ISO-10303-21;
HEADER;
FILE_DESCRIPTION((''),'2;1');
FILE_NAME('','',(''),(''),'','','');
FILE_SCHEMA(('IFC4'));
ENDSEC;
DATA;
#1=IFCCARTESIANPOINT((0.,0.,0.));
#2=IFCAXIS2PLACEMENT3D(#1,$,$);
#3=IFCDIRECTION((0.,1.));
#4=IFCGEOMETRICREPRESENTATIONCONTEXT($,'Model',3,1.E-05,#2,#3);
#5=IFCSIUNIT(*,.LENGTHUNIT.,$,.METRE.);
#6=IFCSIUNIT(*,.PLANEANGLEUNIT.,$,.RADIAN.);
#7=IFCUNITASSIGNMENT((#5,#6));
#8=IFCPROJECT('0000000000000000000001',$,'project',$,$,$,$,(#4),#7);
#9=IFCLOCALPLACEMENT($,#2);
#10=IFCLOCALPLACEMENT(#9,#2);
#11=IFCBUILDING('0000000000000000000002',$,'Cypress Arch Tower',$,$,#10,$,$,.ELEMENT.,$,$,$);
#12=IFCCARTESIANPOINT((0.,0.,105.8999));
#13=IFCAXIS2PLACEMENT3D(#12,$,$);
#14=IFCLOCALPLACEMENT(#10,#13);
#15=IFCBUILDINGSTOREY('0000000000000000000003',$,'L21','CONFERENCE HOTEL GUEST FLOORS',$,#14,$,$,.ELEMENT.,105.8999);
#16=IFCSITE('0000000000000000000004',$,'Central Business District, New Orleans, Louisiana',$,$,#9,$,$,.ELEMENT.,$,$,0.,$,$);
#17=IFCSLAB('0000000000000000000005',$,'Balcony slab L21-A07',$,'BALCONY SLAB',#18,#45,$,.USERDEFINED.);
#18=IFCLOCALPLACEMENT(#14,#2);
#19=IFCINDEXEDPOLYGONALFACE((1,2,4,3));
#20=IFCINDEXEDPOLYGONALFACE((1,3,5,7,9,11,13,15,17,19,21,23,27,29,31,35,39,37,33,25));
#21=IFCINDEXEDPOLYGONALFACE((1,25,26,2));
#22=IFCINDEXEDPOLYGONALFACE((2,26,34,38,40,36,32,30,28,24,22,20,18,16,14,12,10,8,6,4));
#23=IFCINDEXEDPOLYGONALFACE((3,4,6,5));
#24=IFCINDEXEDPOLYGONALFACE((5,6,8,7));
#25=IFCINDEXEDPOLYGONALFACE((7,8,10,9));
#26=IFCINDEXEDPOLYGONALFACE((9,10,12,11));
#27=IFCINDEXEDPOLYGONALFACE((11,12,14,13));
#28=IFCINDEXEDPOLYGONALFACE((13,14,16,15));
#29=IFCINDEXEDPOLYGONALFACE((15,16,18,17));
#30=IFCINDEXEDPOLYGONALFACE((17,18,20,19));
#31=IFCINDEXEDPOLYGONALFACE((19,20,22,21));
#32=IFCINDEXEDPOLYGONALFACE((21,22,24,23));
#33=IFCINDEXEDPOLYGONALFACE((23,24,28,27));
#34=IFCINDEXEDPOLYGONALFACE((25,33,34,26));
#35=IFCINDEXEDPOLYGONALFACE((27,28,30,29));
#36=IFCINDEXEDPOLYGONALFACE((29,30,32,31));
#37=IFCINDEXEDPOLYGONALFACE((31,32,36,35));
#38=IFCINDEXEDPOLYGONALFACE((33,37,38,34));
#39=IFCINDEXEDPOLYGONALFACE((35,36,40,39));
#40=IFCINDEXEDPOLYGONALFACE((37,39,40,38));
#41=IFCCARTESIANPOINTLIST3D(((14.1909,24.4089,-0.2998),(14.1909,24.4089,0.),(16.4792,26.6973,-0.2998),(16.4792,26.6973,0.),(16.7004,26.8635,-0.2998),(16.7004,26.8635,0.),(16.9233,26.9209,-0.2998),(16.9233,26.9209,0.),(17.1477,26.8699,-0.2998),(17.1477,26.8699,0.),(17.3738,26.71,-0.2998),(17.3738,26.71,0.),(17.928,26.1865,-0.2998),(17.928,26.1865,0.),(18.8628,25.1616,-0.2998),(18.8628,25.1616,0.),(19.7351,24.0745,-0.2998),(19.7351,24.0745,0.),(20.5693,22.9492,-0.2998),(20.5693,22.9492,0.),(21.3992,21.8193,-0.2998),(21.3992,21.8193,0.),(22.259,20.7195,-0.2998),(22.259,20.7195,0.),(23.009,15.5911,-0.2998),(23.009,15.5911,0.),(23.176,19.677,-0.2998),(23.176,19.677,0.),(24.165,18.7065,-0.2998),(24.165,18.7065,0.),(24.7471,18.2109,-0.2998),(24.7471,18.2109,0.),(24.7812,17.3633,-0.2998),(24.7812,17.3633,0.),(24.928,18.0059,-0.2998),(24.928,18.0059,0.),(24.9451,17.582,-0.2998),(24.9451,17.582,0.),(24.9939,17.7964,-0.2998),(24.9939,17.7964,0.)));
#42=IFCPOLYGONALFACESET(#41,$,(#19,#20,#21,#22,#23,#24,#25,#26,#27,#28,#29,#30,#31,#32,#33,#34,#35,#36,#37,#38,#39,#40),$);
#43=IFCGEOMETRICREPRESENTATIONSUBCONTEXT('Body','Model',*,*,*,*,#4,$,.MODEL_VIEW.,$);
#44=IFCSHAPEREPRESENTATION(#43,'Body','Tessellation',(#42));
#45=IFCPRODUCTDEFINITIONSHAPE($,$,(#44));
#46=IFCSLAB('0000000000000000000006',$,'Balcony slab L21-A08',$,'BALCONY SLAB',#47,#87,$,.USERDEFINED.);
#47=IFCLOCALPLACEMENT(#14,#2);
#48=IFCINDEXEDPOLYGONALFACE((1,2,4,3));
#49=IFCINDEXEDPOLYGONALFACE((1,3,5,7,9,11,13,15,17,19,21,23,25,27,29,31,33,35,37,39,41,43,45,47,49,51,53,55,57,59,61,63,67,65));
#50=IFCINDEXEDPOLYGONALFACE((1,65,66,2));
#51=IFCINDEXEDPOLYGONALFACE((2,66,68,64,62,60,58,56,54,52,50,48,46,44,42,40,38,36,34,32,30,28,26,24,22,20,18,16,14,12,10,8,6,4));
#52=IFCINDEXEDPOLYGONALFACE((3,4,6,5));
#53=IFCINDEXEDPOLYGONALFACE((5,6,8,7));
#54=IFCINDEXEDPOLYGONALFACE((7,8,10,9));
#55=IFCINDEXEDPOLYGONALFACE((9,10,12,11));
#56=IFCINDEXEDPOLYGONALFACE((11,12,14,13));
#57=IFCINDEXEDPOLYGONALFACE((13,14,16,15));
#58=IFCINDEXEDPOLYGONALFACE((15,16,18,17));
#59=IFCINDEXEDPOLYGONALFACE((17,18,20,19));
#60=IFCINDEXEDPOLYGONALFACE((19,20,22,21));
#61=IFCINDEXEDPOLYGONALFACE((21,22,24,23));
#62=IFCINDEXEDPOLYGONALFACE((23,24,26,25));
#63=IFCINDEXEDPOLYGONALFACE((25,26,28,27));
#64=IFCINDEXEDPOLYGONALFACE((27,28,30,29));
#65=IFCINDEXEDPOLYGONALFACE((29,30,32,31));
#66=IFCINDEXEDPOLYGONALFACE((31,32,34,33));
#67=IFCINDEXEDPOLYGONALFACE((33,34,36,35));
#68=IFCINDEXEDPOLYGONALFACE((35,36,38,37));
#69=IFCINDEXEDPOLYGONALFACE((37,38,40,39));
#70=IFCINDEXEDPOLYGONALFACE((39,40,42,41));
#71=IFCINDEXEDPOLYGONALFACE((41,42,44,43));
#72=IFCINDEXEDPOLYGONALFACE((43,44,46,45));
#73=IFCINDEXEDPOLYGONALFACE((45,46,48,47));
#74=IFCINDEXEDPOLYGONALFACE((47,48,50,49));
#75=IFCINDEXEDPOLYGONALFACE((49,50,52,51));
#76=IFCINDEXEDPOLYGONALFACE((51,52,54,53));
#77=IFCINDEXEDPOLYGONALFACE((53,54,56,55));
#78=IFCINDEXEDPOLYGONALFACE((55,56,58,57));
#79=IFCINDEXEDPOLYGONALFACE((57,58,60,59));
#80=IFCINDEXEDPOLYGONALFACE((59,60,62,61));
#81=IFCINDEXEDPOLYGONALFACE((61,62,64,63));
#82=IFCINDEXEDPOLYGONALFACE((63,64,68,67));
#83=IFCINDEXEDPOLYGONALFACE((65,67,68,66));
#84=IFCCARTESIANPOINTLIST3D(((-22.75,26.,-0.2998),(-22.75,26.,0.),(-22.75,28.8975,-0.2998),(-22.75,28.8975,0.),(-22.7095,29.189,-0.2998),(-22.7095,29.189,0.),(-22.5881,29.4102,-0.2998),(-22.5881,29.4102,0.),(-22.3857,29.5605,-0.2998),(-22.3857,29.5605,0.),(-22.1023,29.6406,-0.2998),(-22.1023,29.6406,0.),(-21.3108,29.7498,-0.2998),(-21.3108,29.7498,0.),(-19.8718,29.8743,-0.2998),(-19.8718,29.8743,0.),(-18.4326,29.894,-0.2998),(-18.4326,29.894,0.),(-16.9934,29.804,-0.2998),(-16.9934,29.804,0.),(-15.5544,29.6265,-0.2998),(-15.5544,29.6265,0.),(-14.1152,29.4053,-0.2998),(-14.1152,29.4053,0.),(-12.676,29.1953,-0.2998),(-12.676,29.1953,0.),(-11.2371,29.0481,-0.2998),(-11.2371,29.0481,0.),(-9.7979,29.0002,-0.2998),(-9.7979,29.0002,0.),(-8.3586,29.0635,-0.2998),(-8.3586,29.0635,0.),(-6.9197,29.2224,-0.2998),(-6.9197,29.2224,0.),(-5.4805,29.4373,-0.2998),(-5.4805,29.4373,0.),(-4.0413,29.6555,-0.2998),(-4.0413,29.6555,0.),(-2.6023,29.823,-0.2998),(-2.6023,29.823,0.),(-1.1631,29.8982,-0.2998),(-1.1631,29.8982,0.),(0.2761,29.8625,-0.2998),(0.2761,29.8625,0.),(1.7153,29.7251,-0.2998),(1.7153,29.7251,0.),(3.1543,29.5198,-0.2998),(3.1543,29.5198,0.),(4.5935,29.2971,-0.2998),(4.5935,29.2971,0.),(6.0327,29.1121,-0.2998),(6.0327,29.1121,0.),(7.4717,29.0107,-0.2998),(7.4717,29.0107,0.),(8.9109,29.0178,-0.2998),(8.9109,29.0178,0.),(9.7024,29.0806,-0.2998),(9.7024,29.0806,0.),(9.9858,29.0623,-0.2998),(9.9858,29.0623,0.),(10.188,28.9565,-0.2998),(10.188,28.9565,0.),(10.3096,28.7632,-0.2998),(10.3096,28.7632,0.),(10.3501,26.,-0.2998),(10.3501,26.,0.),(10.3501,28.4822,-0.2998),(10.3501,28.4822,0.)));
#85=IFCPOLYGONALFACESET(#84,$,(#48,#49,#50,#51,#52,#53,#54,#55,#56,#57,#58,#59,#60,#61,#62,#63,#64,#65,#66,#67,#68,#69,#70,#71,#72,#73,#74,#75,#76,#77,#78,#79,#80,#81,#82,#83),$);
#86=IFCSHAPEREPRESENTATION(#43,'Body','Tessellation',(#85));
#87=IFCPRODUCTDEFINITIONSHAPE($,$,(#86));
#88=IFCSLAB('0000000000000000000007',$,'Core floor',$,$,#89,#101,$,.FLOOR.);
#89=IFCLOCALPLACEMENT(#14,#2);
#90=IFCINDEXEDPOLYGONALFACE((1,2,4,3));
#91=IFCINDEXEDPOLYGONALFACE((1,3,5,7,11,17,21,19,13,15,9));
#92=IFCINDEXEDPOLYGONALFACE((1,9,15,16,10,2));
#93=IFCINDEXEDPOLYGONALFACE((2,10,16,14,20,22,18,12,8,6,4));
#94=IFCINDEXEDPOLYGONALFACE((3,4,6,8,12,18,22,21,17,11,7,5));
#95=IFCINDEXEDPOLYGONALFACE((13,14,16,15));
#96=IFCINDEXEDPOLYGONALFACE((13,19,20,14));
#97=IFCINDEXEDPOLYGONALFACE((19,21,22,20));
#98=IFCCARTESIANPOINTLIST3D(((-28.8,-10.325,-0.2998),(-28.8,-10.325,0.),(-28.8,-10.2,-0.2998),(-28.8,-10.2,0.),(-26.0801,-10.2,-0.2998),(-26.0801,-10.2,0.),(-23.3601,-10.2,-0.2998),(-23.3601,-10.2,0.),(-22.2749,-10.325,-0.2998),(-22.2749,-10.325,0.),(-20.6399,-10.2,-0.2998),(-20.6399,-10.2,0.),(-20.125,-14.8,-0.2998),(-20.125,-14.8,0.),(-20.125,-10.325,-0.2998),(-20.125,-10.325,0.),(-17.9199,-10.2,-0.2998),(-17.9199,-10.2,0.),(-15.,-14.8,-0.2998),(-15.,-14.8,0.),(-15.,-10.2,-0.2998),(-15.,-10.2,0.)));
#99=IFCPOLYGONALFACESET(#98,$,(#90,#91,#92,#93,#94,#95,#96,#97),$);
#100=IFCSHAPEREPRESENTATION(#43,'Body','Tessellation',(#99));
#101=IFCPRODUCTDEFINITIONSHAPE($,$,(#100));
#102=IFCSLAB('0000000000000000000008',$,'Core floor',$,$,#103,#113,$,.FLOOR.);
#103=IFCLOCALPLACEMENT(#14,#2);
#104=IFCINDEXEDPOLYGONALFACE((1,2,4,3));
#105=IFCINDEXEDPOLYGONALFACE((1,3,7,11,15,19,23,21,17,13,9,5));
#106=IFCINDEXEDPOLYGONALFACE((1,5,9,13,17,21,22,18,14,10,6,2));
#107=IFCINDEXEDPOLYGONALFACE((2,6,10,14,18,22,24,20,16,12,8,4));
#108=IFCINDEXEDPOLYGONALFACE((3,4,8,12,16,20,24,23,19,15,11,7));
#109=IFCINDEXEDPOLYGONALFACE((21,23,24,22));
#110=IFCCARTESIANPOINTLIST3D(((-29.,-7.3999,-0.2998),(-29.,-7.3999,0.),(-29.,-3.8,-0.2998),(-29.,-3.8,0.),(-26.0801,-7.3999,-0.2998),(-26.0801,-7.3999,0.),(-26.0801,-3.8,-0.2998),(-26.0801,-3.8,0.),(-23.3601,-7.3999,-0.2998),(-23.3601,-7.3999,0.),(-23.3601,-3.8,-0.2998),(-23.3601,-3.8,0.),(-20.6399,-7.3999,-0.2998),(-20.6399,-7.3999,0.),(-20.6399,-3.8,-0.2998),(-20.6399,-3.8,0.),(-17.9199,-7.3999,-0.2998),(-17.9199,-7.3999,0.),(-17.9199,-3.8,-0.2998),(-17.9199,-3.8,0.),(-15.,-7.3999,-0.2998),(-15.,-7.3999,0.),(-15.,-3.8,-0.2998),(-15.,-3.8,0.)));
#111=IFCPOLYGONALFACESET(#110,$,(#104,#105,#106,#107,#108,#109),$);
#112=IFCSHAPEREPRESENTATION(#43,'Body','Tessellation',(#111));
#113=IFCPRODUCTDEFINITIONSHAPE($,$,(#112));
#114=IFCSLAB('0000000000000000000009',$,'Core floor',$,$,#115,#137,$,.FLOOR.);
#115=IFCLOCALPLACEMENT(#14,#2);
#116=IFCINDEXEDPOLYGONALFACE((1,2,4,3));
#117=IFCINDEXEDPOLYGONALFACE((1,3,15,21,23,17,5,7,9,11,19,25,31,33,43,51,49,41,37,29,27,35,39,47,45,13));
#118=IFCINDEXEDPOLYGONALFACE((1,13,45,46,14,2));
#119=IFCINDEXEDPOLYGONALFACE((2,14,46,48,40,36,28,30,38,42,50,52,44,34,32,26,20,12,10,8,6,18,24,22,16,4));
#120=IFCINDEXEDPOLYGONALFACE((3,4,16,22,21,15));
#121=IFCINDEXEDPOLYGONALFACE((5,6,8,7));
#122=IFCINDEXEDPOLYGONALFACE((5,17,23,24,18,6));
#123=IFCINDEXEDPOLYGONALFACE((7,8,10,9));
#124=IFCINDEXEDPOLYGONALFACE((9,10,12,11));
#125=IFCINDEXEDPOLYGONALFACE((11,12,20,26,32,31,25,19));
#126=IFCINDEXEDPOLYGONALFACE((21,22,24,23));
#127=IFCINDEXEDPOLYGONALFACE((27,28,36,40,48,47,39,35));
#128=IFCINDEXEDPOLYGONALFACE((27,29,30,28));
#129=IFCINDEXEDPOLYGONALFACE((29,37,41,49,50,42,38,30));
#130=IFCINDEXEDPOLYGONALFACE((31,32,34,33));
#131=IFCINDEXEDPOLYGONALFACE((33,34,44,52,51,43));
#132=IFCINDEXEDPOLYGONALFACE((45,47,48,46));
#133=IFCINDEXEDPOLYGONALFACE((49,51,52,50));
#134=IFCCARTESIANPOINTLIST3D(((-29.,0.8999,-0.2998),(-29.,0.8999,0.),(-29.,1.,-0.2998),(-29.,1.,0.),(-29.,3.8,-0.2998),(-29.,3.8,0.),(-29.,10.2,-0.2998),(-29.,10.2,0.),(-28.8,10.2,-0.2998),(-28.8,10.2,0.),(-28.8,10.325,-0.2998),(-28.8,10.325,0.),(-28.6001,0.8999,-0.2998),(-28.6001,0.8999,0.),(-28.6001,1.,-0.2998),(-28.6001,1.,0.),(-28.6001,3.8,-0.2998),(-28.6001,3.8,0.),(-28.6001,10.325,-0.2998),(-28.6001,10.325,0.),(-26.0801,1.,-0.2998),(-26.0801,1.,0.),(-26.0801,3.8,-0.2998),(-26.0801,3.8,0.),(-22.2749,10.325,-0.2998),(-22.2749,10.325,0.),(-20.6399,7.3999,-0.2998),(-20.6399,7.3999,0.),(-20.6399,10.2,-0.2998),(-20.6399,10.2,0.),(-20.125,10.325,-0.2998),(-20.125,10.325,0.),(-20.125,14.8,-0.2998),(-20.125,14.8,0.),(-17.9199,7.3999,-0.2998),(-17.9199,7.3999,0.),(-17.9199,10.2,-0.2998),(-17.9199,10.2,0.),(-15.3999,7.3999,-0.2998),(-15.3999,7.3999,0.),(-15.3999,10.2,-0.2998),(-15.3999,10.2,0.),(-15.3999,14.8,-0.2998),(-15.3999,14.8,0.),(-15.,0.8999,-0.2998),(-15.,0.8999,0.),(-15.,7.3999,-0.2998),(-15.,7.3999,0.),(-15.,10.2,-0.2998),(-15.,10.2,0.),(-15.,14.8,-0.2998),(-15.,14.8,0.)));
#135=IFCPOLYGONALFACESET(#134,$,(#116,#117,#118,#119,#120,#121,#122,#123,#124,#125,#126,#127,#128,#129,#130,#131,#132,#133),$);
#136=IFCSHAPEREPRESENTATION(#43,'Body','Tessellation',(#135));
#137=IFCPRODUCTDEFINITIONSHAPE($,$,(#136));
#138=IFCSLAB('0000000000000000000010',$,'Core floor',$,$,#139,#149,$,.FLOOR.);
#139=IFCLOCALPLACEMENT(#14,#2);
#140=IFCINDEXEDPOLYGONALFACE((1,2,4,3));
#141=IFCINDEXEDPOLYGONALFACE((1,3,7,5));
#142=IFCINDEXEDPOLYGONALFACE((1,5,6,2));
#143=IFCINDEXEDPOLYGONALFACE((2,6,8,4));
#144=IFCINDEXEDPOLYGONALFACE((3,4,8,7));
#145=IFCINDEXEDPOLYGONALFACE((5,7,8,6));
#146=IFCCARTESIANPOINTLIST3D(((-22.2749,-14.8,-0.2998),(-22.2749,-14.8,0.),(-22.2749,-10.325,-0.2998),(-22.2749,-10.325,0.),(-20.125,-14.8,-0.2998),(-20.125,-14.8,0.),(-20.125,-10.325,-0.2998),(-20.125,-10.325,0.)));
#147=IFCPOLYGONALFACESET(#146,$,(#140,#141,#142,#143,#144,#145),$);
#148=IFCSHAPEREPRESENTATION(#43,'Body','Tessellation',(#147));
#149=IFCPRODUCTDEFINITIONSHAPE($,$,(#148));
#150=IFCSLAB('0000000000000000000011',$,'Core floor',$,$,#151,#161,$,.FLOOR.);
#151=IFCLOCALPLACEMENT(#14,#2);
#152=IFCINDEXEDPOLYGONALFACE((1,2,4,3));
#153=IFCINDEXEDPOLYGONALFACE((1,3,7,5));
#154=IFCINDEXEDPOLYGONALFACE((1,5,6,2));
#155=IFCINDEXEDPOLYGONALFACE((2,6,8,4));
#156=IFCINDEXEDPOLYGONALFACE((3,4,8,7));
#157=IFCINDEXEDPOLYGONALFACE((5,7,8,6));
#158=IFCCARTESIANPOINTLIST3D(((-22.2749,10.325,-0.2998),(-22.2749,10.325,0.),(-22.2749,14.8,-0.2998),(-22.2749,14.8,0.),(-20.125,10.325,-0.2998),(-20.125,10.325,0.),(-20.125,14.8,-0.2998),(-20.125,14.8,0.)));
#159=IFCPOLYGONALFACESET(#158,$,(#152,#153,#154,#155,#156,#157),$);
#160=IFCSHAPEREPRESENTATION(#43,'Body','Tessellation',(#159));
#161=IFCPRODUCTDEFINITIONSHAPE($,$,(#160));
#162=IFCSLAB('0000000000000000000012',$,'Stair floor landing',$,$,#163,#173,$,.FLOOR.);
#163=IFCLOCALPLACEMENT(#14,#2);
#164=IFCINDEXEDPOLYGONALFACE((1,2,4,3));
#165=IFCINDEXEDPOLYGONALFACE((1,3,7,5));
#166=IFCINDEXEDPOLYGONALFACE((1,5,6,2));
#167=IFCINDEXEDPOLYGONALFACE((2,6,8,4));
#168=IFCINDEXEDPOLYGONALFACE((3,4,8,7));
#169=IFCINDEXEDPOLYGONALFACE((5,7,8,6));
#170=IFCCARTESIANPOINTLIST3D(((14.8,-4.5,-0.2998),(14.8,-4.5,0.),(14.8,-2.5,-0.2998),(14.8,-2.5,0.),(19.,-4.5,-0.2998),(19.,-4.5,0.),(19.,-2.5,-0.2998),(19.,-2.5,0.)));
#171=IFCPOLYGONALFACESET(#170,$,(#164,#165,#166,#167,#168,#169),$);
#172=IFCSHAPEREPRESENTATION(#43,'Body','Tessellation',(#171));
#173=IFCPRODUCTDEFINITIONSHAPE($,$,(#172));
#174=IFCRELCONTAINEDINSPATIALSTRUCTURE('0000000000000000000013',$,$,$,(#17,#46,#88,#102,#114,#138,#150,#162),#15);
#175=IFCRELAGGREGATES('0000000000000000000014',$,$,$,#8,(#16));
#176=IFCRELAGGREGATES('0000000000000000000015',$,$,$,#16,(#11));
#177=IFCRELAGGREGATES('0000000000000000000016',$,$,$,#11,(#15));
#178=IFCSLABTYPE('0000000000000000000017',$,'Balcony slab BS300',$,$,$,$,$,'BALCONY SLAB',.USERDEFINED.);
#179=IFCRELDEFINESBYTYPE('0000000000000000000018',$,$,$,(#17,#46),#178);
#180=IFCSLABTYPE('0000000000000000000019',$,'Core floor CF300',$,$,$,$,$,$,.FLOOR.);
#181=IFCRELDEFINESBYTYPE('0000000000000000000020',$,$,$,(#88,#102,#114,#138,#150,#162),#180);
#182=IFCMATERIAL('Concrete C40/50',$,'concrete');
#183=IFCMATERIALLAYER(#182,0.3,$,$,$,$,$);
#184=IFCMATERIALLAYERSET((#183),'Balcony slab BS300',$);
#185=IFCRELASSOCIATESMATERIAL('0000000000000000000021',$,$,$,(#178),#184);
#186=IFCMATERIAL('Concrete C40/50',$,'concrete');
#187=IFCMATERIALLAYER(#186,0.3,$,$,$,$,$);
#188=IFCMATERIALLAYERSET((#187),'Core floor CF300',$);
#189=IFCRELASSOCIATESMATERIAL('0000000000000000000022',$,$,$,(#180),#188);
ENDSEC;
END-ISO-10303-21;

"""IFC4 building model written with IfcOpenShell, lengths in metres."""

from ifc_helpers import new_model, si_unit, direction, frame, origin, place, context, subcontext, project, spatial, polyline, outline, extrude, material, layer, layer_set, type_object, element, save


model = new_model("IFC4")

# Units and contexts
model_context = context("Model", 3, precision=1e-05, world=origin(), true_north=direction((0.0, 1.0)))
body_context = subcontext(model_context, "Body", "Model", "MODEL_VIEW")
ifc_project = project(units=[si_unit("LENGTHUNIT", "METRE"), si_unit("PLANEANGLEUNIT", "RADIAN")], contexts=[model_context])

# Site, building, storey
site_placement = place(None, origin())
site = spatial("IfcSite", under=ifc_project, at=site_placement, Name="Central Business District, New Orleans, Louisiana", CompositionType="ELEMENT", RefElevation=0.0)
building_placement = place(site_placement, origin())
building = spatial("IfcBuilding", under=site, at=building_placement, Name="Cypress Arch Tower", CompositionType="ELEMENT")
storey_placement = place(building_placement, frame((0.0, 0.0, 105.8999)))
storey = spatial("IfcBuildingStorey", under=building, at=storey_placement, Name="L21", Description="CONFERENCE HOTEL GUEST FLOORS", CompositionType="ELEMENT", Elevation=105.8999)

# Slabs
ifc_material_1 = material(Name="Concrete C40/50", Category="concrete")
ifc_layer_1 = layer(ifc_material_1, 0.3)
ifc_layer_set_1 = layer_set([ifc_layer_1], Name="Balcony slab BS300")
slab_type_1 = type_object("IfcSlabType", Name="Balcony slab BS300", ElementType="BALCONY SLAB", PredefinedType="USERDEFINED", material=ifc_layer_set_1)
slab_1_placement = place(storey_placement, frame((0.0, 0.0, -0.2998)))
element("IfcSlab", 1, at=slab_1_placement, inside=storey, type_object=slab_type_1, Name="Balcony slab L21-A07", ObjectType="BALCONY SLAB", PredefinedType="USERDEFINED", context=body_context, shape_type="SweptSolid", body=[
    extrude(outline(polyline([(23.009, 15.5911), (24.7812, 17.3633), (24.9451, 17.582), (24.9939, 17.7964), (24.928, 18.0059), (24.7471, 18.2109), (24.165, 18.7065), (23.176, 19.677), (22.259, 20.7195), (21.3992, 21.8193), (20.5693, 22.9492), (19.7351, 24.0745), (18.8628, 25.1616), (17.928, 26.1865), (17.3738, 26.71), (17.1477, 26.8699), (16.9233, 26.9209), (16.7004, 26.8635), (16.4792, 26.6973), (14.1909, 24.4089), (23.009, 15.5911)])), origin(), (0.0, 0.0, 1.0), 0.2998),
])
slab_2_placement = place(storey_placement, frame((0.0, 0.0, -0.2998)))
element("IfcSlab", 2, at=slab_2_placement, inside=storey, type_object=slab_type_1, Name="Balcony slab L21-A08", ObjectType="BALCONY SLAB", PredefinedType="USERDEFINED", context=body_context, shape_type="SweptSolid", body=[
    extrude(outline(polyline([(10.3501, 26.0), (10.3501, 28.4822), (10.3096, 28.7632), (10.188, 28.9565), (9.9858, 29.0623), (9.7024, 29.0806), (8.9109, 29.0178), (7.4717, 29.0107), (6.0327, 29.1121), (4.5935, 29.2971), (3.1543, 29.5198), (1.7153, 29.7251), (0.2761, 29.8625), (-1.1631, 29.8982), (-2.6023, 29.823), (-4.0413, 29.6555), (-5.4805, 29.4373), (-6.9197, 29.2224), (-8.3586, 29.0635), (-9.7979, 29.0002), (-11.2371, 29.0481), (-12.676, 29.1953), (-14.1152, 29.4053), (-15.5544, 29.6265), (-16.9934, 29.804), (-18.4326, 29.894), (-19.8718, 29.8743), (-21.3108, 29.7498), (-22.1023, 29.6406), (-22.3857, 29.5605), (-22.5881, 29.4102), (-22.7095, 29.189), (-22.75, 28.8975), (-22.75, 26.0), (10.3501, 26.0)])), origin(), (0.0, 0.0, 1.0), 0.2998),
])
ifc_material_2 = material(Name="Concrete C40/50", Category="concrete")
ifc_layer_2 = layer(ifc_material_2, 0.3)
ifc_layer_set_2 = layer_set([ifc_layer_2], Name="Core floor CF300")
slab_type_2 = type_object("IfcSlabType", Name="Core floor CF300", PredefinedType="FLOOR", material=ifc_layer_set_2)
slab_3_placement = place(storey_placement, frame((0.0, 0.0, -0.2998)))
element("IfcSlab", 3, at=slab_3_placement, inside=storey, type_object=slab_type_2, Name="Core floor", PredefinedType="FLOOR", context=body_context, shape_type="SweptSolid", body=[
    extrude(outline(polyline([(-20.125, -14.8), (-15.0, -14.8), (-15.0, -10.2), (-17.9199, -10.2), (-20.6399, -10.2), (-23.3601, -10.2), (-26.0801, -10.2), (-28.8, -10.2), (-28.8, -10.325), (-22.2749, -10.325), (-20.125, -10.325), (-20.125, -14.8)])), origin(), (0.0, 0.0, 1.0), 0.2998),
])
slab_4_placement = place(storey_placement, frame((0.0, 0.0, -0.2998)))
element("IfcSlab", 4, at=slab_4_placement, inside=storey, type_object=slab_type_2, Name="Core floor", PredefinedType="FLOOR", context=body_context, shape_type="SweptSolid", body=[
    extrude(outline(polyline([(-29.0, -3.8), (-29.0, -7.3999), (-26.0801, -7.3999), (-23.3601, -7.3999), (-20.6399, -7.3999), (-17.9199, -7.3999), (-15.0, -7.3999), (-15.0, -3.8), (-17.9199, -3.8), (-20.6399, -3.8), (-23.3601, -3.8), (-26.0801, -3.8), (-29.0, -3.8)])), origin(), (0.0, 0.0, 1.0), 0.2998),
])
slab_5_placement = place(storey_placement, frame((0.0, 0.0, -0.2998)))
element("IfcSlab", 5, at=slab_5_placement, inside=storey, type_object=slab_type_2, Name="Core floor", PredefinedType="FLOOR", context=body_context, shape_type="SweptSolid", body=[
    extrude(outline(polyline([(-29.0, 3.8), (-29.0, 10.2), (-28.8, 10.2), (-28.8, 10.325), (-28.6001, 10.325), (-22.2749, 10.325), (-20.125, 10.325), (-20.125, 14.8), (-15.3999, 14.8), (-15.0, 14.8), (-15.0, 10.2), (-15.3999, 10.2), (-17.9199, 10.2), (-20.6399, 10.2), (-20.6399, 7.3999), (-17.9199, 7.3999), (-15.3999, 7.3999), (-15.0, 7.3999), (-15.0, 0.8999), (-28.6001, 0.8999), (-29.0, 0.8999), (-29.0, 1.0), (-28.6001, 1.0), (-26.0801, 1.0), (-26.0801, 3.8), (-28.6001, 3.8), (-29.0, 3.8)])), origin(), (0.0, 0.0, 1.0), 0.2998),
])
slab_6_placement = place(storey_placement, frame((0.0, 0.0, -0.2998)))
element("IfcSlab", 6, at=slab_6_placement, inside=storey, type_object=slab_type_2, Name="Core floor", PredefinedType="FLOOR", context=body_context, shape_type="SweptSolid", body=[
    extrude(outline(polyline([(-22.2749, -10.325), (-22.2749, -14.8), (-20.125, -14.8), (-20.125, -10.325), (-22.2749, -10.325)])), origin(), (0.0, 0.0, 1.0), 0.2998),
])
slab_7_placement = place(storey_placement, frame((0.0, 0.0, -0.2998)))
element("IfcSlab", 7, at=slab_7_placement, inside=storey, type_object=slab_type_2, Name="Core floor", PredefinedType="FLOOR", context=body_context, shape_type="SweptSolid", body=[
    extrude(outline(polyline([(-20.125, 14.8), (-22.2749, 14.8), (-22.2749, 10.325), (-20.125, 10.325), (-20.125, 14.8)])), origin(), (0.0, 0.0, 1.0), 0.2998),
])
slab_8_placement = place(storey_placement, frame((0.0, 0.0, -0.2998)))
element("IfcSlab", 8, at=slab_8_placement, inside=storey, type_object=slab_type_2, Name="Stair floor landing", PredefinedType="FLOOR", context=body_context, shape_type="SweptSolid", body=[
    extrude(outline(polyline([(19.0, -4.5), (19.0, -2.5), (14.8, -2.5), (14.8, -4.5), (19.0, -4.5)])), origin(), (0.0, 0.0, 1.0), 0.2998),
])

save(model, "model.ifc")
